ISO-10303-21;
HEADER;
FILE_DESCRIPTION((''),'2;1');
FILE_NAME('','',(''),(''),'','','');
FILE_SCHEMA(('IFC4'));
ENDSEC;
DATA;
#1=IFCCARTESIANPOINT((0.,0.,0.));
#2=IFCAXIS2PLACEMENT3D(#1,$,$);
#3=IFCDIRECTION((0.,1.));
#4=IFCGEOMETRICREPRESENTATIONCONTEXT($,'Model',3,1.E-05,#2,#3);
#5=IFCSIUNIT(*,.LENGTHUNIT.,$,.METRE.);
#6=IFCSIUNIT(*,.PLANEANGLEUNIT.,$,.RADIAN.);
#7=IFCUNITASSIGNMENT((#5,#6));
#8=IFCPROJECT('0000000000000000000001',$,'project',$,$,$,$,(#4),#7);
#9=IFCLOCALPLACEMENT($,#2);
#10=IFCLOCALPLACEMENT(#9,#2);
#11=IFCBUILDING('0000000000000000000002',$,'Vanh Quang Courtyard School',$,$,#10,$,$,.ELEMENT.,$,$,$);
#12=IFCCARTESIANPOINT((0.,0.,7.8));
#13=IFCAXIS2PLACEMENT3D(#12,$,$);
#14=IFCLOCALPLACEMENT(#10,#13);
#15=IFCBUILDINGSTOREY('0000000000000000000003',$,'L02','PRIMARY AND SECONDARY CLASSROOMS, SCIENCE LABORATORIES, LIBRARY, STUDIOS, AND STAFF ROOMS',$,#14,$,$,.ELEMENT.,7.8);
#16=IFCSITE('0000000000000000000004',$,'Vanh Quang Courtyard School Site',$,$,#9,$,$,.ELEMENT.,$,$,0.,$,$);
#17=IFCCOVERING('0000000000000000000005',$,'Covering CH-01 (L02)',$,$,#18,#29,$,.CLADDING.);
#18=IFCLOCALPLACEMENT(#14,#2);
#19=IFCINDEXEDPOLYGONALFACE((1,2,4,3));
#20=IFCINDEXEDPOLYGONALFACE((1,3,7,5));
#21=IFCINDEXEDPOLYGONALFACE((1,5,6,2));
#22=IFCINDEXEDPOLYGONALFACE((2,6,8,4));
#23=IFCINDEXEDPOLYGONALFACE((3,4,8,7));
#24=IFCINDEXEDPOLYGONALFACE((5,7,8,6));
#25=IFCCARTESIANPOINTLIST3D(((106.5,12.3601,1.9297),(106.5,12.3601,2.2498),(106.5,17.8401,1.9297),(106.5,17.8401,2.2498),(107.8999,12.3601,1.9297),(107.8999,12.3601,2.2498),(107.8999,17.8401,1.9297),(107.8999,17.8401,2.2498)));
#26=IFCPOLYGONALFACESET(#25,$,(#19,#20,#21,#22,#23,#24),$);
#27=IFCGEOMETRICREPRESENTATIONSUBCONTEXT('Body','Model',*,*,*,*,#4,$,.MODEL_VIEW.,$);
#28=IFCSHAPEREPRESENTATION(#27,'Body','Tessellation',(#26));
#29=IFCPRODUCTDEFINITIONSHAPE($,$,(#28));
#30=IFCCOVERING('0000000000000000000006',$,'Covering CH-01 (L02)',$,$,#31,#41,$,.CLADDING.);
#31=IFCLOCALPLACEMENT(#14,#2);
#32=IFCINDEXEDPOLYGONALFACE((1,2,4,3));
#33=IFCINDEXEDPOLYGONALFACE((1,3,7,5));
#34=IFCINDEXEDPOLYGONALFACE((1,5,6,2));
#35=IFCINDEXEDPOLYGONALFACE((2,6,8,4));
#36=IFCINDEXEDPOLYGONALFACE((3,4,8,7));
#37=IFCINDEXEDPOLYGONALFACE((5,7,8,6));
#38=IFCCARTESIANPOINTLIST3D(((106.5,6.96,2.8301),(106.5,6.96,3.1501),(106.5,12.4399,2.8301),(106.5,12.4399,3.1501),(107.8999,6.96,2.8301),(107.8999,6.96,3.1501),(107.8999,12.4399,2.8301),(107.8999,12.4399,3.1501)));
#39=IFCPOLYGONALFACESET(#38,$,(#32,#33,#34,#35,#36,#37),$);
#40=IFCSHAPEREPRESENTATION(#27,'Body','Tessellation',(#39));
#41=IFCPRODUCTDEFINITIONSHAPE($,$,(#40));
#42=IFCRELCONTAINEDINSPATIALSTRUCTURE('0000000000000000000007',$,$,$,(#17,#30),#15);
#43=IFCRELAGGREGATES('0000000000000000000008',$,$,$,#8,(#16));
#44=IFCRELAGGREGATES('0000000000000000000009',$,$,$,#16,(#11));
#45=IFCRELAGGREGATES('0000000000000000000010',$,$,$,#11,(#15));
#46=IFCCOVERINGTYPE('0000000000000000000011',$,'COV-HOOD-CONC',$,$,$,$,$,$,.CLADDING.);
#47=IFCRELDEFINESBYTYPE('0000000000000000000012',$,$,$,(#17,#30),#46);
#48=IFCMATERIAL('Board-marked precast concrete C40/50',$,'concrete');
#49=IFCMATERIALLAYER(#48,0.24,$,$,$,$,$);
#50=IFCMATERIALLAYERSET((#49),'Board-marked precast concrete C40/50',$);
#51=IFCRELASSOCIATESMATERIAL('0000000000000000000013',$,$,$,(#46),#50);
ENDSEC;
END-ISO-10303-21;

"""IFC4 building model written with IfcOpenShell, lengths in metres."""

from ifc_helpers import new_model, si_unit, direction, frame, origin, origin_2d, place, context, subcontext, project, spatial, rectangle, extrude, material, layer, layer_set, type_object, element, save


model = new_model("IFC4")

# Units and contexts
model_context = context("Model", 3, precision=1e-05, world=origin(), true_north=direction((0.0, 1.0)))
body_context = subcontext(model_context, "Body", "Model", "MODEL_VIEW")
ifc_project = project(units=[si_unit("LENGTHUNIT", "METRE"), si_unit("PLANEANGLEUNIT", "RADIAN")], contexts=[model_context])

# Site, building, storey
site_placement = place(None, origin())
site = spatial("IfcSite", under=ifc_project, at=site_placement, Name="Vanh Quang Courtyard School Site", CompositionType="ELEMENT", RefElevation=0.0)
building_placement = place(site_placement, origin())
building = spatial("IfcBuilding", under=site, at=building_placement, Name="Vanh Quang Courtyard School", CompositionType="ELEMENT")
storey_placement = place(building_placement, frame((0.0, 0.0, 7.8)))
storey = spatial("IfcBuildingStorey", under=building, at=storey_placement, Name="L02", Description="PRIMARY AND SECONDARY CLASSROOMS, SCIENCE LABORATORIES, LIBRARY, STUDIOS, AND STAFF ROOMS", CompositionType="ELEMENT", Elevation=7.8)

# Coverings
ifc_material_1 = material(Name="Board-marked precast concrete C40/50", Category="concrete")
ifc_layer_1 = layer(ifc_material_1, 0.24)
ifc_layer_set_1 = layer_set([ifc_layer_1], Name="Board-marked precast concrete C40/50")
covering_type = type_object("IfcCoveringType", Name="COV-HOOD-CONC", PredefinedType="CLADDING", material=ifc_layer_set_1)
for number, where, z_axis, x_axis, name in (
    (1, (107.2, 15.1001, 1.9297), (0.0, 0.0, 1.0), (1.0, 0.0, 0.0), "Covering CH-01 (L02)"),
    (2, (107.2, 9.7, 2.8301), (0.0, 0.0, 1.0), (1.0, 0.0, 0.0), "Covering CH-01 (L02)"),
):
    element("IfcCovering", number, at=place(storey_placement, frame(where, z_axis=z_axis, x_axis=x_axis)), inside=storey, type_object=covering_type, Name=name, PredefinedType="CLADDING", context=body_context, shape_type="SweptSolid", body=[
        extrude(rectangle(XDim=1.3999, YDim=5.48, at=origin_2d()), origin(), (0.0, 0.0, 1.0), 0.3201),
    ])

save(model, "model.ifc")
